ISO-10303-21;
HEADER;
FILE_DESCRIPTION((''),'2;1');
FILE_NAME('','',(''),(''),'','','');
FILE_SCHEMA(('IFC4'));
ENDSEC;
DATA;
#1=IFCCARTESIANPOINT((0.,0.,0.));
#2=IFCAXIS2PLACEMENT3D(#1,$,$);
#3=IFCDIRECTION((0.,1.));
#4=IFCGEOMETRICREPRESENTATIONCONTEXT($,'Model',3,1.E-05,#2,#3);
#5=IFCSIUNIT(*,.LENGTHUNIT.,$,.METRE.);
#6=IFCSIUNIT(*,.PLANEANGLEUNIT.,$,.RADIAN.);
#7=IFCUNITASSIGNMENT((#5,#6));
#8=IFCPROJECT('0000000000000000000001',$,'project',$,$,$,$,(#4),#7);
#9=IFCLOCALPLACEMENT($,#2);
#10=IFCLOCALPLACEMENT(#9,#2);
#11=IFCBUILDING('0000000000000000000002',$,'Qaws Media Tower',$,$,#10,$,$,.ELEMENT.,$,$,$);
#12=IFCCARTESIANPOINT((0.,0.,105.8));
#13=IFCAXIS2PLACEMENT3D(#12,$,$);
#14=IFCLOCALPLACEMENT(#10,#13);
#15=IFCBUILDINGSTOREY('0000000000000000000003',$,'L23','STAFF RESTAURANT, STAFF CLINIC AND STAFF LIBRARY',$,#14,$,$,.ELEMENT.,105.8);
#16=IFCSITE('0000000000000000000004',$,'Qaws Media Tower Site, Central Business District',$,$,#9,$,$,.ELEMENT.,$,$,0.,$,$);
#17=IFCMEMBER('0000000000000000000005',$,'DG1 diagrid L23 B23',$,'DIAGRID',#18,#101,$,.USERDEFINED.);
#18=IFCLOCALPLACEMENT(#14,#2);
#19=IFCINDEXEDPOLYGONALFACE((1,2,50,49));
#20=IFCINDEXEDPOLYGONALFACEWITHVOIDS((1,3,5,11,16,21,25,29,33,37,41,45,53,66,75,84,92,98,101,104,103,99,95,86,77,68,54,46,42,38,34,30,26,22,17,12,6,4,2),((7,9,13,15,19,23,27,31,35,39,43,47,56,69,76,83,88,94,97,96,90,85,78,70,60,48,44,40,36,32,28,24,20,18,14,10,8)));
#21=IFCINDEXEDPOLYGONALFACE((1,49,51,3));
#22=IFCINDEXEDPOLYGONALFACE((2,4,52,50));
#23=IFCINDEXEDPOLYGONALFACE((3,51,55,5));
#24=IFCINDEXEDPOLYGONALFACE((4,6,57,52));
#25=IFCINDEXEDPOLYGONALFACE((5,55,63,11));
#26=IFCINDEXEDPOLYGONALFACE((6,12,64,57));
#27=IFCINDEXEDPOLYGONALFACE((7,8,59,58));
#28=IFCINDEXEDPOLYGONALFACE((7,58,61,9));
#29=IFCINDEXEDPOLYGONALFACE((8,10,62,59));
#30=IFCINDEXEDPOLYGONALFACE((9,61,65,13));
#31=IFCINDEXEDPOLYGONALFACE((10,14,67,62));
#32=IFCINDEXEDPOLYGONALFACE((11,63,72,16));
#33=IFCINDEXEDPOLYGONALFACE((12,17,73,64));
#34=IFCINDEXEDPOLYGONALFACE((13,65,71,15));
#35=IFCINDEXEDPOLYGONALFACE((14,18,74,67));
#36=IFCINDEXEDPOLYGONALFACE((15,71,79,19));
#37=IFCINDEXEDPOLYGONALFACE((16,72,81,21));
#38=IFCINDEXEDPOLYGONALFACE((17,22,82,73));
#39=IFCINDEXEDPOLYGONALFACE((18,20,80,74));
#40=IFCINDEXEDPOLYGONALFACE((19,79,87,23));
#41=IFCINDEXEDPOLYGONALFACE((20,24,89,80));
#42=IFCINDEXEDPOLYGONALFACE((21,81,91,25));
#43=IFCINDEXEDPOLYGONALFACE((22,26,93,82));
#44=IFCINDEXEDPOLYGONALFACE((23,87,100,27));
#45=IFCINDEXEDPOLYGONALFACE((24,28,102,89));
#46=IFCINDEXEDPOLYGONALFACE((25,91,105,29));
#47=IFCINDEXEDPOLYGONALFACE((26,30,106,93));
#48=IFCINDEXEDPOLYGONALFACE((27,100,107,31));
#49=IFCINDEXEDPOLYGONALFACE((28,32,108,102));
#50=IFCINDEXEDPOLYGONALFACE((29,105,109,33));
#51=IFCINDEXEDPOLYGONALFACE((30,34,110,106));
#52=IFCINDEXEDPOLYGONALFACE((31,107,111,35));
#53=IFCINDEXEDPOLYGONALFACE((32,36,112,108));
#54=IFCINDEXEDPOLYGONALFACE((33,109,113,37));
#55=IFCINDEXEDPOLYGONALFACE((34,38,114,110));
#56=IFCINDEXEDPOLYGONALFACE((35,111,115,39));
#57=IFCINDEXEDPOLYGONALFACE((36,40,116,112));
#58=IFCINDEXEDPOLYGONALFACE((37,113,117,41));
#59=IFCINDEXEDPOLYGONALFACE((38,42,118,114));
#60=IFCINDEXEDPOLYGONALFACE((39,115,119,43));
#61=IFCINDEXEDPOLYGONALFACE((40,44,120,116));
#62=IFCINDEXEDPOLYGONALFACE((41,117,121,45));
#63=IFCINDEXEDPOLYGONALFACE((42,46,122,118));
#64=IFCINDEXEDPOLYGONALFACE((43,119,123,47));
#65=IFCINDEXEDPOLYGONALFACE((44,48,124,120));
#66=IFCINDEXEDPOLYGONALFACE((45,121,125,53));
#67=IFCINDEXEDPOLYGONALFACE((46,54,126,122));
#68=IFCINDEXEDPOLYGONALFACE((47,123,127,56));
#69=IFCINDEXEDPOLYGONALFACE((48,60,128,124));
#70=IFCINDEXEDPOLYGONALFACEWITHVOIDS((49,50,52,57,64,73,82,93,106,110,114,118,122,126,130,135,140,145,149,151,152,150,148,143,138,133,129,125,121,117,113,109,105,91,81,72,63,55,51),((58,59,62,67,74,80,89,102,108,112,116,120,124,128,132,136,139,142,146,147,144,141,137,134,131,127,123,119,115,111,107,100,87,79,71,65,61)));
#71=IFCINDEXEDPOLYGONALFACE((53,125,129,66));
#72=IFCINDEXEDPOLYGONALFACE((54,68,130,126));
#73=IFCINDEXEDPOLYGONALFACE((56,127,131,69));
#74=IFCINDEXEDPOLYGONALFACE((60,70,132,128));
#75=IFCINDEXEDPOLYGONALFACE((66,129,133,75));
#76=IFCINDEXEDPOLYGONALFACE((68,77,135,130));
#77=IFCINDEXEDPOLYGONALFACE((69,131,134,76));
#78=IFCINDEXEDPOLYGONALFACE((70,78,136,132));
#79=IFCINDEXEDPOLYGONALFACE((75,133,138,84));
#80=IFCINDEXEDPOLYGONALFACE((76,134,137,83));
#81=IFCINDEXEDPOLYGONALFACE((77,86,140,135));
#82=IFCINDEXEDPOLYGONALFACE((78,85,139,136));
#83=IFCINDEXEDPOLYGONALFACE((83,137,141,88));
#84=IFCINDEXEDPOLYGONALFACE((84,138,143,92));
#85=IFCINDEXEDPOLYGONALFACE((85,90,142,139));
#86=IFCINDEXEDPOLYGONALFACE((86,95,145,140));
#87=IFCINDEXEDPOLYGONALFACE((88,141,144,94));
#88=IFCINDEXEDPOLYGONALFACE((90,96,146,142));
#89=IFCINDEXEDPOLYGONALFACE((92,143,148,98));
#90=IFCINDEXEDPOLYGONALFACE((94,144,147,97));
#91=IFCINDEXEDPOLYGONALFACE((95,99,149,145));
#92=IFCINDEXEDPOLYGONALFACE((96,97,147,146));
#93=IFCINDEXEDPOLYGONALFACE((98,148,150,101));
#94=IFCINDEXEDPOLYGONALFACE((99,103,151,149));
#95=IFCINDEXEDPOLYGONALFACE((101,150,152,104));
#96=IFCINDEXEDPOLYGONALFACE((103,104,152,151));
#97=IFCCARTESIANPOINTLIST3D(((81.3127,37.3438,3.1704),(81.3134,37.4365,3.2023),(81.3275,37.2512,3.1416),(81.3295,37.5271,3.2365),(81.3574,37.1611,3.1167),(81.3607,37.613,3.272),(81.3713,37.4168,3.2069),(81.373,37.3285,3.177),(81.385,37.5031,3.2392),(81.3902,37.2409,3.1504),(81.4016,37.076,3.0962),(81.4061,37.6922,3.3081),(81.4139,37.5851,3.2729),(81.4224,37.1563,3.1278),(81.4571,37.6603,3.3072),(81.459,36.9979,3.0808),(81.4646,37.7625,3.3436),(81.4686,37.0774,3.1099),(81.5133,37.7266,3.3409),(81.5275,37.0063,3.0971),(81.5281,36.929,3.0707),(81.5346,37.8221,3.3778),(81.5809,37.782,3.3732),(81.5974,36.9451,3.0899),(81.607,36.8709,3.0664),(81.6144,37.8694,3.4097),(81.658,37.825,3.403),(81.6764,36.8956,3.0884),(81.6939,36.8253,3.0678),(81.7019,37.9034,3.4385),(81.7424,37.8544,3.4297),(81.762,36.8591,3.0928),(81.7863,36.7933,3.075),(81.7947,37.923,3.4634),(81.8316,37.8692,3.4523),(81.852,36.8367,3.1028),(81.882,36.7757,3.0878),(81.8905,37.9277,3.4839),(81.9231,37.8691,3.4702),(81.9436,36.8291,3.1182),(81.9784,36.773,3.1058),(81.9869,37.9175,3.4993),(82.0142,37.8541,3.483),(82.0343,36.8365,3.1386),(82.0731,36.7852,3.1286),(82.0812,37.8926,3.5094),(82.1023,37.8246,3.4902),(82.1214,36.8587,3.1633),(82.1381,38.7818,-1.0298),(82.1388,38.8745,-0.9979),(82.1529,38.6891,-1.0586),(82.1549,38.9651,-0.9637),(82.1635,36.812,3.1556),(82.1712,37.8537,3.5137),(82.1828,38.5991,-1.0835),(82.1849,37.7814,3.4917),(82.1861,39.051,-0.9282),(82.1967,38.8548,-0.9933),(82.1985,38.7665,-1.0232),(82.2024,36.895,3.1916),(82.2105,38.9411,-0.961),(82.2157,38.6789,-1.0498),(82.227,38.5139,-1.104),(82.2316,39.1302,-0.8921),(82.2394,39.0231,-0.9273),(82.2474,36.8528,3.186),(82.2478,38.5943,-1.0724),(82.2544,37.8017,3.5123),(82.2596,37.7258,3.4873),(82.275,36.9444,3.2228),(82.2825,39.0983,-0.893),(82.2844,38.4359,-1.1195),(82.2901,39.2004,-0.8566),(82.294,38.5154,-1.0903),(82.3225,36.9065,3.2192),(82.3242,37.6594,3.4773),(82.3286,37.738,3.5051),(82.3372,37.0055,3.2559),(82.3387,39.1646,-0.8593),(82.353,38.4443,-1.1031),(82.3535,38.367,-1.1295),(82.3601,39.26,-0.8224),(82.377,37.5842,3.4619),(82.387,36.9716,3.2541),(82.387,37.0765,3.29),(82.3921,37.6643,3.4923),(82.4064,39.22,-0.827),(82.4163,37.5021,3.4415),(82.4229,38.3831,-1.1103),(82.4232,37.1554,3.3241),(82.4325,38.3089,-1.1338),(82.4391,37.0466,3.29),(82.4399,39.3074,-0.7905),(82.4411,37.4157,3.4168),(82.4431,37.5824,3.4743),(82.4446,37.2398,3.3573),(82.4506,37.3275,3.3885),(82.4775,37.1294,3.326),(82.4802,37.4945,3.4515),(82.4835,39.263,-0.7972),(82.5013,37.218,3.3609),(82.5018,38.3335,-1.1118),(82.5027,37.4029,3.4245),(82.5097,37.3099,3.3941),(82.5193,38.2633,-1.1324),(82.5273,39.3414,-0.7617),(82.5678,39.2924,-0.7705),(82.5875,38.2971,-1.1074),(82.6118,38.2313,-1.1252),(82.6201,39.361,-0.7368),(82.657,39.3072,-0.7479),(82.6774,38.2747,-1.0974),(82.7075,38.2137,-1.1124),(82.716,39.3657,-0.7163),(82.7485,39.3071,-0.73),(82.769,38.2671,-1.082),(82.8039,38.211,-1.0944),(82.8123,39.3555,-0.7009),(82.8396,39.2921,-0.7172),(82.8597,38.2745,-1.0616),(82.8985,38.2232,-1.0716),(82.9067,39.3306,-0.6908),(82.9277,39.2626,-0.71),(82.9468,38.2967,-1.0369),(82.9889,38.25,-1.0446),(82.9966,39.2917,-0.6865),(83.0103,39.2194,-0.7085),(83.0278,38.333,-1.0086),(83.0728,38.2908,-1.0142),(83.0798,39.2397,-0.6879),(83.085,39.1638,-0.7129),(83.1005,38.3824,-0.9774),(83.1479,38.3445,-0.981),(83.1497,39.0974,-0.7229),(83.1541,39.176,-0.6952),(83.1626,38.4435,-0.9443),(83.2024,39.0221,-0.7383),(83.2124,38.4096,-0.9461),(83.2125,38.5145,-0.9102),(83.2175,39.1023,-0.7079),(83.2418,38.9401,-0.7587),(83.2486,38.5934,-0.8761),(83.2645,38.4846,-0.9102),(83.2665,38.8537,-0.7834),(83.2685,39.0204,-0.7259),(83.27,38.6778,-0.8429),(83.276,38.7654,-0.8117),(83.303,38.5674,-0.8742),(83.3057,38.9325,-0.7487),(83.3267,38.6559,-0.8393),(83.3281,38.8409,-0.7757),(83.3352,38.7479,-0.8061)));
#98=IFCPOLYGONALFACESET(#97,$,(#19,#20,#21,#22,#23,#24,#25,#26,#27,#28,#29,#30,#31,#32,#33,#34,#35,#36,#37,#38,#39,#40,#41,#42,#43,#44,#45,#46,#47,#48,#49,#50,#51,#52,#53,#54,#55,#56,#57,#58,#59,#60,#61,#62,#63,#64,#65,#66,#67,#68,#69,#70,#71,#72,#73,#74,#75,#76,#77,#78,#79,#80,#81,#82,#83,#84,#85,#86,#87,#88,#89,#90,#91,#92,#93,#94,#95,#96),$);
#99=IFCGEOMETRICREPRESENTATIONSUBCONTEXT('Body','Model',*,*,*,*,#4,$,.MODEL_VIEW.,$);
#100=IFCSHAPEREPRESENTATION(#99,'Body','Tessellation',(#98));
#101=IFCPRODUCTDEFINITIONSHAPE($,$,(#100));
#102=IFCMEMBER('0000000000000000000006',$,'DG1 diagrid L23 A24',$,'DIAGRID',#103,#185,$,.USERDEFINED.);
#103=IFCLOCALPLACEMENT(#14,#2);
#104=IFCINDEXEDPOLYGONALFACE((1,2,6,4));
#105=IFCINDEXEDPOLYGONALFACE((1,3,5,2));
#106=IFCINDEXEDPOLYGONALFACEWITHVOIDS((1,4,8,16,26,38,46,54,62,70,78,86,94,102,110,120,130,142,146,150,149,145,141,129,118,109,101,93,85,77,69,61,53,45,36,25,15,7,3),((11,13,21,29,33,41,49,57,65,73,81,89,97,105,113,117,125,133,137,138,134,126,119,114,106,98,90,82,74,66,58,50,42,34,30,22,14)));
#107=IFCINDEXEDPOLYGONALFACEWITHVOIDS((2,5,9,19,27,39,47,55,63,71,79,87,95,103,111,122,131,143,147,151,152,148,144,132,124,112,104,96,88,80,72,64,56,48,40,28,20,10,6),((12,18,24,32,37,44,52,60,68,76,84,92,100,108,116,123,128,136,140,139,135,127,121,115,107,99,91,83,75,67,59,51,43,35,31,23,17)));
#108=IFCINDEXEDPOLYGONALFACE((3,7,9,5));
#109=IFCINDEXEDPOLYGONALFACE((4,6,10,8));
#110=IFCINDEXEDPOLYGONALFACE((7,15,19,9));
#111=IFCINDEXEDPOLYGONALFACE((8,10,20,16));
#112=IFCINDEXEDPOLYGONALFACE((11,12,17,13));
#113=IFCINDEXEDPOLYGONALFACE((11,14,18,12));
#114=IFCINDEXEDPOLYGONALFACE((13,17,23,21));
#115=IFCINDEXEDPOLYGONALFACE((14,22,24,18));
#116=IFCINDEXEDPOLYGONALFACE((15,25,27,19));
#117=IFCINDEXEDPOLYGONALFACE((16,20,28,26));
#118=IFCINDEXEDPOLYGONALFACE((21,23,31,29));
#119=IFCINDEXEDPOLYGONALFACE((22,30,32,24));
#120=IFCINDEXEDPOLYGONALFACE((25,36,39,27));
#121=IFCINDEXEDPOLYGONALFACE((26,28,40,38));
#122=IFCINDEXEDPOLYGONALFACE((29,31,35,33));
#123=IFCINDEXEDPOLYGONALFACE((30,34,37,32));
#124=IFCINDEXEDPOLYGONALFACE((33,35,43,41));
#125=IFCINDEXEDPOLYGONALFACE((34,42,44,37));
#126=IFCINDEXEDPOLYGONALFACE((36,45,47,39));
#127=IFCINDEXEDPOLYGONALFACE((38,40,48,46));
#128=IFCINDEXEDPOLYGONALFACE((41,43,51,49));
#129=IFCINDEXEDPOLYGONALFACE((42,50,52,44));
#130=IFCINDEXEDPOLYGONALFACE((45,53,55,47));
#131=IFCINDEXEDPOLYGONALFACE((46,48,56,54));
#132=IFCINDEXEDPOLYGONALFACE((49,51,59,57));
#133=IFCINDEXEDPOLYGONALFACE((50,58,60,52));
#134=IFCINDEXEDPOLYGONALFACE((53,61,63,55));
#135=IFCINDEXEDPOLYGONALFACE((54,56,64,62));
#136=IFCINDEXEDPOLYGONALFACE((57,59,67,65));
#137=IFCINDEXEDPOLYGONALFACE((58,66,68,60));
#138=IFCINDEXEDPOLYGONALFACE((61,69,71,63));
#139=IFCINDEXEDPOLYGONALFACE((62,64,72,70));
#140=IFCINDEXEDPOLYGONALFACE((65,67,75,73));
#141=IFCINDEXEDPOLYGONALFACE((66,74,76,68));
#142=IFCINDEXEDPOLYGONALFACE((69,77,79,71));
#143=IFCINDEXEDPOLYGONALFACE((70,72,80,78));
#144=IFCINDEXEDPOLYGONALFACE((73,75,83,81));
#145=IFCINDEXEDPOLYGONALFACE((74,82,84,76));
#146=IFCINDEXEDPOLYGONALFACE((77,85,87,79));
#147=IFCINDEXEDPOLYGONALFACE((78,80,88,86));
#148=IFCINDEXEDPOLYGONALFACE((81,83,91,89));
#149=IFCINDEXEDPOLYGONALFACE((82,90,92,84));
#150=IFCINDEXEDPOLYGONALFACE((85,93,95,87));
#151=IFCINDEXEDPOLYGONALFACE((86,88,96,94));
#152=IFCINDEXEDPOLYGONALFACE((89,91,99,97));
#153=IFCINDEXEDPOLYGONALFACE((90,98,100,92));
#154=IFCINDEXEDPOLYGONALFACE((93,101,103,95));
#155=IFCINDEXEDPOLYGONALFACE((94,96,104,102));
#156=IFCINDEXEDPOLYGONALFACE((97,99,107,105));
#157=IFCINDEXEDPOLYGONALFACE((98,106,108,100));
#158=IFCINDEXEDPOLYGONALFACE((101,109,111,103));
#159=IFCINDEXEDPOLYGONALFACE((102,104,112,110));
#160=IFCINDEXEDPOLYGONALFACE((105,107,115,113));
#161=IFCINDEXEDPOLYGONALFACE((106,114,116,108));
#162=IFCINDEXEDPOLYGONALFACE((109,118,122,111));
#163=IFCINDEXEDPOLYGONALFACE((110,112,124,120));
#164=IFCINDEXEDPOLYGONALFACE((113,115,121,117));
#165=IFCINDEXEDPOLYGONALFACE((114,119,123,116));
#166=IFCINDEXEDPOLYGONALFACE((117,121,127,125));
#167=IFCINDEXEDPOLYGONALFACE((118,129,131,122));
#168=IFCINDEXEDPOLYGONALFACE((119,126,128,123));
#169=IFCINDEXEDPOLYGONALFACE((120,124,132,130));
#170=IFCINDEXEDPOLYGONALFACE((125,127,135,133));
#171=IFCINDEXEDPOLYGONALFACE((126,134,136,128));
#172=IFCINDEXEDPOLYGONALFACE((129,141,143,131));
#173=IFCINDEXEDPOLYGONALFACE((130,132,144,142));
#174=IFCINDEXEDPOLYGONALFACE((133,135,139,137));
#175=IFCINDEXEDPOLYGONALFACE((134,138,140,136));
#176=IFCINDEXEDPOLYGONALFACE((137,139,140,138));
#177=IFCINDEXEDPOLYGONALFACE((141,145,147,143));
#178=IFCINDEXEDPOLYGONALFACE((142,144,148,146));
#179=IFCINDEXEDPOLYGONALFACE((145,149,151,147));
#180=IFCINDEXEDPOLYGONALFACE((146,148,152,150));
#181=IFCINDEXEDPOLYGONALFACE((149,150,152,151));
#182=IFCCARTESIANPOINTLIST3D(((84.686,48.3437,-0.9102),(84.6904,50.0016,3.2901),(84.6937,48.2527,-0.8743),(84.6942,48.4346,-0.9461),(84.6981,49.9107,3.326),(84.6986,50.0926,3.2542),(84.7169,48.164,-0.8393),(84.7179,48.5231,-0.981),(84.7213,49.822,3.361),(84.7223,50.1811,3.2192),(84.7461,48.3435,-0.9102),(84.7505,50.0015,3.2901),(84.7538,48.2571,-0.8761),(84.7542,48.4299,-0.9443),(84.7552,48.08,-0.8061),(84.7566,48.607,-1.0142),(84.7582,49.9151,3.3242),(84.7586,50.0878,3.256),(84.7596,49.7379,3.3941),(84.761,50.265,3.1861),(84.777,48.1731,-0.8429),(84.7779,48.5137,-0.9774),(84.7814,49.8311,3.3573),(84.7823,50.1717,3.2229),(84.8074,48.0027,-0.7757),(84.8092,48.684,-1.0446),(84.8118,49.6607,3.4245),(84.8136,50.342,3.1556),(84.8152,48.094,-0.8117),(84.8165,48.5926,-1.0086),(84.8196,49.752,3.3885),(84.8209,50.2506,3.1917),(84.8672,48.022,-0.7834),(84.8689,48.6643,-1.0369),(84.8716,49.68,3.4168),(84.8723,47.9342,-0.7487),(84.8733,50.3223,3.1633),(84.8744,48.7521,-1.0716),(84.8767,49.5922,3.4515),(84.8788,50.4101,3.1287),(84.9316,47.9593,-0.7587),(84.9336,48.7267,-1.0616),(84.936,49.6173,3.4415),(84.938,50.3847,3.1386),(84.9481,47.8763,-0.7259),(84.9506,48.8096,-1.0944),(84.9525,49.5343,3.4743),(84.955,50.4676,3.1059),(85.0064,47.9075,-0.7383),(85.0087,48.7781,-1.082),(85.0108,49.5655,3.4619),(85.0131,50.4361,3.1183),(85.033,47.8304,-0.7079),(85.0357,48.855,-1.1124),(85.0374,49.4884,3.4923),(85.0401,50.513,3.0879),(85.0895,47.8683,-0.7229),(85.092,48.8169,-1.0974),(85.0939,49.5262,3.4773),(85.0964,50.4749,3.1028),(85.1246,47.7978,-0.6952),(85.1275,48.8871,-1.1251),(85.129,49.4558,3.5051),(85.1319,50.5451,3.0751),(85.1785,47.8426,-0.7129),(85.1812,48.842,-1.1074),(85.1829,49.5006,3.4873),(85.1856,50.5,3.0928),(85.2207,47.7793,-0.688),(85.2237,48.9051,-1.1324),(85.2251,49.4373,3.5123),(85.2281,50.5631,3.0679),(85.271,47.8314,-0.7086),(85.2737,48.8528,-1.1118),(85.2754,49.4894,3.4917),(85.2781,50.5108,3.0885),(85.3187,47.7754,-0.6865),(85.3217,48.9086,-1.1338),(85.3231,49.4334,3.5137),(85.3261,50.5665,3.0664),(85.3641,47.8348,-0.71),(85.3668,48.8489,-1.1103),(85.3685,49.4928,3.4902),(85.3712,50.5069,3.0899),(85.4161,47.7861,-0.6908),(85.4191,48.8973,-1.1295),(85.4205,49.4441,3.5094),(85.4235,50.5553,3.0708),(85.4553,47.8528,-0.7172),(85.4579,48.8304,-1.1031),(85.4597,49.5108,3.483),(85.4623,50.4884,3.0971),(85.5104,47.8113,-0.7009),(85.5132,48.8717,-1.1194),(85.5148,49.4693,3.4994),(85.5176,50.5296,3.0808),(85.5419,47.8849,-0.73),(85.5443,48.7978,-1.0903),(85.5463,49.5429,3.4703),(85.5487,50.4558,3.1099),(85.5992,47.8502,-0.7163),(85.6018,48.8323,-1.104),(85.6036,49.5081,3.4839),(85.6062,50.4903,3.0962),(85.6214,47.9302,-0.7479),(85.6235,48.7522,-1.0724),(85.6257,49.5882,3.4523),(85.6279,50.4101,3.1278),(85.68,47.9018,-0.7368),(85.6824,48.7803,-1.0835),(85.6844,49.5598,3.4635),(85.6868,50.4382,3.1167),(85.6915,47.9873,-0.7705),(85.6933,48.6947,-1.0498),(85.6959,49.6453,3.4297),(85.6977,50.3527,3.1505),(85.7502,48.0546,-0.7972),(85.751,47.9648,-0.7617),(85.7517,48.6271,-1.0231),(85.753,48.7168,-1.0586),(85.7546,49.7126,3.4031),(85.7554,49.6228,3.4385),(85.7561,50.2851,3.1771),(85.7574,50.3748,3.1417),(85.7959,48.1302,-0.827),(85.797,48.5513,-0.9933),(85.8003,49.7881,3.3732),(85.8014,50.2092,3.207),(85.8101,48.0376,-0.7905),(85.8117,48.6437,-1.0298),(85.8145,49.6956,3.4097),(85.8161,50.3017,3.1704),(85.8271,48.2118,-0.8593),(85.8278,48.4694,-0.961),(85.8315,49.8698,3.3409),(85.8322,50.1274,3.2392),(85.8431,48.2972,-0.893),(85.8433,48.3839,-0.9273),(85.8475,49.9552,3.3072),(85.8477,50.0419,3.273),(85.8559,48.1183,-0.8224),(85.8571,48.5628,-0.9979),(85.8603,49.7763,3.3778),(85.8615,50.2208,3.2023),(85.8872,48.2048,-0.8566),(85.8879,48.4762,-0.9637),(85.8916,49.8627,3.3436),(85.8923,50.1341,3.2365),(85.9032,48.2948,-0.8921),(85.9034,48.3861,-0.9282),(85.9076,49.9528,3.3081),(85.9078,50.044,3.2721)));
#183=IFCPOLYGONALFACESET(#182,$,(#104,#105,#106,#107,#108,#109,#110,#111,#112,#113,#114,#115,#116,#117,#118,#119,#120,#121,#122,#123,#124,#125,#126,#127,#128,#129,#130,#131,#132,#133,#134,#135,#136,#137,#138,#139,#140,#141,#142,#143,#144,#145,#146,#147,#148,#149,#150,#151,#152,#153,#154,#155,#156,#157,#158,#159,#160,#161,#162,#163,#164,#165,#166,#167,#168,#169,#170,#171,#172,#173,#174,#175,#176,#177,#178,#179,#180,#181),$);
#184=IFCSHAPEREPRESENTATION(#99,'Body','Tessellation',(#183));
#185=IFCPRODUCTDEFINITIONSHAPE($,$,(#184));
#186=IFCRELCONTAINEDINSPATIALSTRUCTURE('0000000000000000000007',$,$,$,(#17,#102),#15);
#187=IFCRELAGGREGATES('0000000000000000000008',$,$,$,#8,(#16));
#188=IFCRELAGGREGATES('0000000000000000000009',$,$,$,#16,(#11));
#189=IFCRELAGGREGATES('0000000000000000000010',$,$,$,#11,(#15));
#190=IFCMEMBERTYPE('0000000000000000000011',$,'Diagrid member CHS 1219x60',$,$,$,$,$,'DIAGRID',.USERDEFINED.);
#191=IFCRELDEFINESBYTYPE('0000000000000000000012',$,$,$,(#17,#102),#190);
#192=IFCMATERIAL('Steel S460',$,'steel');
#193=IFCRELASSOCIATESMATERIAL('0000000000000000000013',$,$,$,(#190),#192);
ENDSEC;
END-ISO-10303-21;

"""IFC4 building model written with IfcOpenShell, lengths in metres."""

from ifc_helpers import new_model, si_unit, direction, frame, origin, origin_2d, place, context, subcontext, project, spatial, hollow_circle, extrude, material, material_profile, profile_set, type_object, element, save


model = new_model("IFC4")

# Units and contexts
model_context = context("Model", 3, precision=1e-05, world=origin(), true_north=direction((0.0, 1.0)))
body_context = subcontext(model_context, "Body", "Model", "MODEL_VIEW")
ifc_project = project(units=[si_unit("LENGTHUNIT", "METRE"), si_unit("PLANEANGLEUNIT", "RADIAN")], contexts=[model_context])

# Site, building, storey
site_placement = place(None, origin())
site = spatial("IfcSite", under=ifc_project, at=site_placement, Name="Qaws Media Tower Site, Central Business District", CompositionType="ELEMENT", RefElevation=0.0)
building_placement = place(site_placement, origin())
building = spatial("IfcBuilding", under=site, at=building_placement, Name="Qaws Media Tower", CompositionType="ELEMENT")
storey_placement = place(building_placement, frame((0.0, 0.0, 105.8)))
storey = spatial("IfcBuildingStorey", under=building, at=storey_placement, Name="L23", Description="STAFF RESTAURANT, STAFF CLINIC AND STAFF LIBRARY", CompositionType="ELEMENT", Elevation=105.8)

# Members
ifc_material_1 = material(Name="Steel S460", Category="steel")
ifc_material_profile_1 = material_profile(ifc_material_1, hollow_circle(Radius=0.6096, WallThickness=0.0601, at=origin_2d()), Name="CHS 1219x60")
ifc_profile_set_1 = profile_set([ifc_material_profile_1], Name="Steel S460")
member_type_1 = type_object("IfcMemberType", Name="Diagrid member CHS 1219x60", ElementType="DIAGRID", PredefinedType="USERDEFINED", material=ifc_profile_set_1)
for number, where, z_axis, x_axis, name in (
    (1, (82.7358, 38.7881, -0.9102), (-0.182797, -0.318448, 0.930149), (0.867272, -0.497835, 0.0), "DG1 diagrid L23 B23"),
    (2, (85.2957, 48.342, -0.9102), (0.000973, 0.367164, 0.930156), (-0.999996, 0.002651, 0.0), "DG1 diagrid L23 A24"),
):
    element("IfcMember", number, at=place(storey_placement, frame(where, z_axis=z_axis, x_axis=x_axis)), inside=storey, type_object=member_type_1, Name=name, ObjectType="DIAGRID", PredefinedType="USERDEFINED", context=body_context, shape_type="SweptSolid", body=[
        extrude(hollow_circle(Radius=0.6096, WallThickness=0.0601, at=origin_2d()), origin(), (0.0, 0.0, 1.0), 4.5156),
    ])

save(model, "model.ifc")
